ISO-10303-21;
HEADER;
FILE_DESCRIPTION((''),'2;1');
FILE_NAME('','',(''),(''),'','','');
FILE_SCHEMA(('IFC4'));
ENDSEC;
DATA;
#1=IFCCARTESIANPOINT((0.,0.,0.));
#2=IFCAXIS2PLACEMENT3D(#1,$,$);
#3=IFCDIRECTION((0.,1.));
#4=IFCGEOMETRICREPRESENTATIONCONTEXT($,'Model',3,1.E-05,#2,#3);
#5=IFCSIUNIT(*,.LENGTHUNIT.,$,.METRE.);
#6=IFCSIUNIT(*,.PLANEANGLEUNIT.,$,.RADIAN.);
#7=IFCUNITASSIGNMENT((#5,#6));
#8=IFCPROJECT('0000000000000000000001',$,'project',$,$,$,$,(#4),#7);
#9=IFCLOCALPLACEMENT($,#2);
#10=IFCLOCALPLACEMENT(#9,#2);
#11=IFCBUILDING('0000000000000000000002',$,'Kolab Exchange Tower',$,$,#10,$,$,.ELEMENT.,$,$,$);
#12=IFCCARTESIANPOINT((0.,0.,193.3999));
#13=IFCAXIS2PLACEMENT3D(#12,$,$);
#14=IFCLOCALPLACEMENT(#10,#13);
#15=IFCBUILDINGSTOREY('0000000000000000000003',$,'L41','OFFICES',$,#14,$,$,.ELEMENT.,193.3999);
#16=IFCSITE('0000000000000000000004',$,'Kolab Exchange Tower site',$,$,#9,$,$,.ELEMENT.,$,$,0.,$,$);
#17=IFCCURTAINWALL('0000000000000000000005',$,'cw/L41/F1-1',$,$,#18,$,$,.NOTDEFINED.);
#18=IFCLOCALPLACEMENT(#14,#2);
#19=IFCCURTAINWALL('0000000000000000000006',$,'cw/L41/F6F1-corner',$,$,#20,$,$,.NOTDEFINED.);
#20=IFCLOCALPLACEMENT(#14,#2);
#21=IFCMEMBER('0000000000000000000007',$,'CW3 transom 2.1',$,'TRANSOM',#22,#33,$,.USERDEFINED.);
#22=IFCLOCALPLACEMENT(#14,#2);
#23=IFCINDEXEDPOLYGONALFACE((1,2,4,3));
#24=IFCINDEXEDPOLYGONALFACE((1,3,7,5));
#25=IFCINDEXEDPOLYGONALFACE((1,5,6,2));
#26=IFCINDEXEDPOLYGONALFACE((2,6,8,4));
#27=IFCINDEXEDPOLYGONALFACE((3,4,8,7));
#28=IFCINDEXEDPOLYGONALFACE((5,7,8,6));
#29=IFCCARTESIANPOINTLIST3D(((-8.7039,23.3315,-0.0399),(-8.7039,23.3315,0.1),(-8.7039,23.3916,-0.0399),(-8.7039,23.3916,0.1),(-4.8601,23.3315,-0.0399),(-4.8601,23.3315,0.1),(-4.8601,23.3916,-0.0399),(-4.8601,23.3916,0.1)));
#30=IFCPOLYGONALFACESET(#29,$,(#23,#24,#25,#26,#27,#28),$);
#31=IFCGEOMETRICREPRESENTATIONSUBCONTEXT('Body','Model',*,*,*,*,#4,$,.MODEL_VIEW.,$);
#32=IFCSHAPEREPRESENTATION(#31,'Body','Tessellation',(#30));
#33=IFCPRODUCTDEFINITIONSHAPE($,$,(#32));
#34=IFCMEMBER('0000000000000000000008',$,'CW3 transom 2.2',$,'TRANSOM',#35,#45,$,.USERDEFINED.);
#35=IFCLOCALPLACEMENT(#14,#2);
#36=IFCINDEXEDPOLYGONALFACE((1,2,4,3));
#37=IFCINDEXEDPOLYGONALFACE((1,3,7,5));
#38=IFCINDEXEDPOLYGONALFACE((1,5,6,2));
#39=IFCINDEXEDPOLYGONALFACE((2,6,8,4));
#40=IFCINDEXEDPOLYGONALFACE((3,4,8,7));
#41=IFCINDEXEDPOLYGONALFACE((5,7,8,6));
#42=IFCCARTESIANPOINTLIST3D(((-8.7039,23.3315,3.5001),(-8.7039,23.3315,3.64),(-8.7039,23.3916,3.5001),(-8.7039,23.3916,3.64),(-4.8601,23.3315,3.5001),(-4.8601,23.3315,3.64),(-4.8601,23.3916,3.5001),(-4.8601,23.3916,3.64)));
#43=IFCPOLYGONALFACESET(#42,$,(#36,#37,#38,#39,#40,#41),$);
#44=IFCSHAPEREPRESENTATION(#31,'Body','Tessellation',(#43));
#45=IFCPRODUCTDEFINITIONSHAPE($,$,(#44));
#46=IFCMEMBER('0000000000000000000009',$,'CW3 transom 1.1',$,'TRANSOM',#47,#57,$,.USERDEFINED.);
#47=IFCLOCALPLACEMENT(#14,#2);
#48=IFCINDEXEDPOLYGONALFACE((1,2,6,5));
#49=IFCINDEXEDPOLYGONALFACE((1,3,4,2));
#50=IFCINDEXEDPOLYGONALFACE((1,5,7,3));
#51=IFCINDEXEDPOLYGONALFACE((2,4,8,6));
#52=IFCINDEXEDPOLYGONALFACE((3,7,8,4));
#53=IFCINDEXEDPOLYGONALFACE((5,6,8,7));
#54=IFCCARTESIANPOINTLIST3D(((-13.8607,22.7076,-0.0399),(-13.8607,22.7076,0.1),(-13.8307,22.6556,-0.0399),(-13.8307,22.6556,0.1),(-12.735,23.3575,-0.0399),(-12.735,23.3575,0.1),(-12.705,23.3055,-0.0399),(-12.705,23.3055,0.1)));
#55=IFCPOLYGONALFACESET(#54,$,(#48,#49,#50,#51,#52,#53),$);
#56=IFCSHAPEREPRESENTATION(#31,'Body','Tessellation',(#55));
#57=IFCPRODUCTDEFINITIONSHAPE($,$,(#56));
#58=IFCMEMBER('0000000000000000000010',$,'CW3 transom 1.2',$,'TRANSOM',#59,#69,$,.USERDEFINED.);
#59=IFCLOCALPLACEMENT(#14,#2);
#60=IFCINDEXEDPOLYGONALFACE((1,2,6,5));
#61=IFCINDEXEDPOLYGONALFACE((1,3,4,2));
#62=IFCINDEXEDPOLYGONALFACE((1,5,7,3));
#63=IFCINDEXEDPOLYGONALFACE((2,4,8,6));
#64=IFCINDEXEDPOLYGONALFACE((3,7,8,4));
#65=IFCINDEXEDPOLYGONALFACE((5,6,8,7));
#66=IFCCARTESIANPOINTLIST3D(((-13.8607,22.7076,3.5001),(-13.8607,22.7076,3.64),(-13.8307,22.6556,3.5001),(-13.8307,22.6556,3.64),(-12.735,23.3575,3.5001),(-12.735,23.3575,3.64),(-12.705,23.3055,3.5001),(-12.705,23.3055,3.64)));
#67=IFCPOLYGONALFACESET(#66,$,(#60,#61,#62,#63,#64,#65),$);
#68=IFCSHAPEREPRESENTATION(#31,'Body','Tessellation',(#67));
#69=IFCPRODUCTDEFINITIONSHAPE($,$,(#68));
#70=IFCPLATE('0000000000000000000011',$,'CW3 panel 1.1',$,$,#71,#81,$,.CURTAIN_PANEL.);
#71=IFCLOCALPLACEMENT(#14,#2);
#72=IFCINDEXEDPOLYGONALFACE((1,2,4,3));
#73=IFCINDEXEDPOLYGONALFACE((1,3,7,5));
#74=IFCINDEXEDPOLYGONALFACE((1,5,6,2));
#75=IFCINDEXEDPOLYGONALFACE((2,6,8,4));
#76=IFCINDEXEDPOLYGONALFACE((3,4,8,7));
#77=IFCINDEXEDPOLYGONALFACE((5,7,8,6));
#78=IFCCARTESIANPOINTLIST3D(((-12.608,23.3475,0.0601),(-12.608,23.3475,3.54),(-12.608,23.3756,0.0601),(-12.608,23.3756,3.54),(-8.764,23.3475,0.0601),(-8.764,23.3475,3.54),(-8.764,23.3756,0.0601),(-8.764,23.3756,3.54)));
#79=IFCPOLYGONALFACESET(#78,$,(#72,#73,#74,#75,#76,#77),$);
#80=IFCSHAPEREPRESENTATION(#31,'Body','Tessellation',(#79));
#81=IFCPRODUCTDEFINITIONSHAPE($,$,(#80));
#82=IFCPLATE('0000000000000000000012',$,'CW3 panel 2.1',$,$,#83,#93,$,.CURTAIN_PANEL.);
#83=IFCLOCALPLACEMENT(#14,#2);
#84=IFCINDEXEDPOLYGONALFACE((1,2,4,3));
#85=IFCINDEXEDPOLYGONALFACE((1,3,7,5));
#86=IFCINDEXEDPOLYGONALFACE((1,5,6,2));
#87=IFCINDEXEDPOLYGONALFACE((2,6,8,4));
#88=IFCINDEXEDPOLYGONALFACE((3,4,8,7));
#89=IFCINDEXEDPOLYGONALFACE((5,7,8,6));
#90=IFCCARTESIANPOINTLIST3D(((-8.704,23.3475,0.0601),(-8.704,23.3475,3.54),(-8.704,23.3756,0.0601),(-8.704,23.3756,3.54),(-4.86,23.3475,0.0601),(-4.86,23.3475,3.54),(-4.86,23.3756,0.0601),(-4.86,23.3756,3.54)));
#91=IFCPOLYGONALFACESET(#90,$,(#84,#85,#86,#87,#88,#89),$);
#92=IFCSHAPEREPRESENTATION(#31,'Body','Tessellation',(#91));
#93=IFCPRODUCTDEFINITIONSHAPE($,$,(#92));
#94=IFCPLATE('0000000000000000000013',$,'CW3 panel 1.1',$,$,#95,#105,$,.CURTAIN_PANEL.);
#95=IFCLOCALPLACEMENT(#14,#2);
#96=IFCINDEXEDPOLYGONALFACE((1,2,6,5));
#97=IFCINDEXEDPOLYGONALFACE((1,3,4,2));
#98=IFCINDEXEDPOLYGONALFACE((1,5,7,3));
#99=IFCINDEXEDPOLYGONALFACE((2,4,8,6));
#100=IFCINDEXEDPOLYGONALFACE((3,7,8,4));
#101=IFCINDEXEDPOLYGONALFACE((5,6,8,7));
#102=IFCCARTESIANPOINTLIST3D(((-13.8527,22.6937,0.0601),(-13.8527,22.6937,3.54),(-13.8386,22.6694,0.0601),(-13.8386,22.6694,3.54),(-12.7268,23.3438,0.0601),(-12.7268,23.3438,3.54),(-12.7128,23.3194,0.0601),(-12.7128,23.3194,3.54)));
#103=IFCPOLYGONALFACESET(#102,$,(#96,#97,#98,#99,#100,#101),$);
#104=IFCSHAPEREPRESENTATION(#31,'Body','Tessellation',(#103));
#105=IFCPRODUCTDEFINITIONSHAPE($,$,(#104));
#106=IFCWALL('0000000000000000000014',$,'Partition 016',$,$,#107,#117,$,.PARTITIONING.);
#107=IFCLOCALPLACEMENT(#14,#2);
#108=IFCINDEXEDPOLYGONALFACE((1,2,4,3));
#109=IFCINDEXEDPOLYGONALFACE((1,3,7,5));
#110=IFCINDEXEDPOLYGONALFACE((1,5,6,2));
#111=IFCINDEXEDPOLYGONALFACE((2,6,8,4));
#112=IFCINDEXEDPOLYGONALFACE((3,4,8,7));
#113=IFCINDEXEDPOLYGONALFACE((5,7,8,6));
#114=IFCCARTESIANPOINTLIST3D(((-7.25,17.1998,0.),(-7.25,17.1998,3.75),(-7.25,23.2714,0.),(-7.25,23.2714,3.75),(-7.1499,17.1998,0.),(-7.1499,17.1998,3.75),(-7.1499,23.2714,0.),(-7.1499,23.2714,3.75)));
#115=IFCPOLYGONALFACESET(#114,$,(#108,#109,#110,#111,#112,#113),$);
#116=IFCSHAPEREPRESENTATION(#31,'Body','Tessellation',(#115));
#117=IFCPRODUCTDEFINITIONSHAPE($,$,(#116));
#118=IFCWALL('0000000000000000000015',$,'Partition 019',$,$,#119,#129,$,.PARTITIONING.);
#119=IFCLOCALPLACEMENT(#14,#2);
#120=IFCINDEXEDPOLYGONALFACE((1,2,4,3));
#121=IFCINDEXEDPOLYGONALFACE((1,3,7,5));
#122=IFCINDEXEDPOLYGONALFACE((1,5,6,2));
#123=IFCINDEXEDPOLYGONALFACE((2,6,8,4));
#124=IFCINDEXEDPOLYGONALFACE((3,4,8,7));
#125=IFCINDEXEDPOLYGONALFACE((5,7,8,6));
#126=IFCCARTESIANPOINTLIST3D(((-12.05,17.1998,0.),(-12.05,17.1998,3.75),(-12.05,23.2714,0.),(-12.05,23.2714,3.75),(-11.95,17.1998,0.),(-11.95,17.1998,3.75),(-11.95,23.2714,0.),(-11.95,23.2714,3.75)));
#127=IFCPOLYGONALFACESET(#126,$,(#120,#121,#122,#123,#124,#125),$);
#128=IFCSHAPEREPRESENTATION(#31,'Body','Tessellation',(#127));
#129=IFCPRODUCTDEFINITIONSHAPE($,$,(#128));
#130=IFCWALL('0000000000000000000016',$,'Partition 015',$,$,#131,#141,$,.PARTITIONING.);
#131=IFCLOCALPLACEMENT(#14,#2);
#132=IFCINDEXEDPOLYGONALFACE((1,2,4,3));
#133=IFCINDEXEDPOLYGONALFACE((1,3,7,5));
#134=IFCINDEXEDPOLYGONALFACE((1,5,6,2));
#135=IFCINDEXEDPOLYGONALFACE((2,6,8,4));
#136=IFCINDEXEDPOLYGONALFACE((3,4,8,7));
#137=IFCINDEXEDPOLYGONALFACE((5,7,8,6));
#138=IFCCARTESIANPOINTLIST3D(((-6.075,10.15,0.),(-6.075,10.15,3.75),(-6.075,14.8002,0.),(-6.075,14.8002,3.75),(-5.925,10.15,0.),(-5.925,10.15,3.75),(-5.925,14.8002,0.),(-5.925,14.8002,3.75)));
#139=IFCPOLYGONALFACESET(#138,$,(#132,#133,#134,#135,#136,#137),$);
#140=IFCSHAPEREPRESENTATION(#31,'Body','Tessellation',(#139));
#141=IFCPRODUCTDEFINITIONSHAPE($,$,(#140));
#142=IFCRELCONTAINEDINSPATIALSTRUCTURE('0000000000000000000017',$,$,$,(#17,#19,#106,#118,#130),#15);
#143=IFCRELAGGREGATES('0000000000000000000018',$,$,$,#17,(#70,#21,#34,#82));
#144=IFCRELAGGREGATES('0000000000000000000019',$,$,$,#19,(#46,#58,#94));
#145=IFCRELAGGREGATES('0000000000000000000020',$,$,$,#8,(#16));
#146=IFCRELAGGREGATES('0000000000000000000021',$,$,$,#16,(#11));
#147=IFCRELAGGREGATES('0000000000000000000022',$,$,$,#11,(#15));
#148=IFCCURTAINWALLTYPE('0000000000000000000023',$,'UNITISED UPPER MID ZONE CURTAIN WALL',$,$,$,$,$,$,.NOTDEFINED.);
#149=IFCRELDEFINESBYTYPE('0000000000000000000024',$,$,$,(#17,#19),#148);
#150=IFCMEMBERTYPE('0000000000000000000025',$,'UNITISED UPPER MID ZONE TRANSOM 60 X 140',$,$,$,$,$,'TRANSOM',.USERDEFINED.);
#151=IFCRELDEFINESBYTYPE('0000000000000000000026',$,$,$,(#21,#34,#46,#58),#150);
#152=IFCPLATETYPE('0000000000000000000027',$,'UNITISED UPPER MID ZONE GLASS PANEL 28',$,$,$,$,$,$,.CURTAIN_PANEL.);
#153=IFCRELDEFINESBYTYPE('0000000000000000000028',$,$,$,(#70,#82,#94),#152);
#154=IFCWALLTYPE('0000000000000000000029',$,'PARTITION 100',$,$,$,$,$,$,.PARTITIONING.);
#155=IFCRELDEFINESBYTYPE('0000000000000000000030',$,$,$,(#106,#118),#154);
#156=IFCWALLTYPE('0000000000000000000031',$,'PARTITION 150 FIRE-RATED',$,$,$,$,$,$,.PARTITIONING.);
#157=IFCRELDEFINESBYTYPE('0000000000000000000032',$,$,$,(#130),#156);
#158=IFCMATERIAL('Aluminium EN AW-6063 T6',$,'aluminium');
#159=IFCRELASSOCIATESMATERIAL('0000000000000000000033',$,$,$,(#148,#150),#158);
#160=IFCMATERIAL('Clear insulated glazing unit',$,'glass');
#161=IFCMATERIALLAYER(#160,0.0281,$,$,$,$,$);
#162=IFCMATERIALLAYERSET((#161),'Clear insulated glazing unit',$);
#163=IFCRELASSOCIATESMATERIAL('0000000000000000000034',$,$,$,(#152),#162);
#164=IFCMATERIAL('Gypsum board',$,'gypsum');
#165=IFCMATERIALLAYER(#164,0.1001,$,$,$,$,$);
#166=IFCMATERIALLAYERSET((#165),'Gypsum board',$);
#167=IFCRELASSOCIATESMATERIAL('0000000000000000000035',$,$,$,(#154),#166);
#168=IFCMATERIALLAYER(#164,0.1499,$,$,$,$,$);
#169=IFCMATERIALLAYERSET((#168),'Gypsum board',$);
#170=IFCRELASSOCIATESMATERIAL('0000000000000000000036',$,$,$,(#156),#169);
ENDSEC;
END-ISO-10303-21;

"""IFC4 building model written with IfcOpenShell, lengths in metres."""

from ifc_helpers import new_model, si_unit, direction, frame, frame_2d, origin, origin_2d, place, context, subcontext, project, spatial, rectangle, extrude, material, layer, layer_set, material_profile, profile_set, type_object, element, aggregate, save


model = new_model("IFC4")

# Units and contexts
model_context = context("Model", 3, precision=1e-05, world=origin(), true_north=direction((0.0, 1.0)))
body_context = subcontext(model_context, "Body", "Model", "MODEL_VIEW")
ifc_project = project(units=[si_unit("LENGTHUNIT", "METRE"), si_unit("PLANEANGLEUNIT", "RADIAN")], contexts=[model_context])

# Site, building, storey
site_placement = place(None, origin())
site = spatial("IfcSite", under=ifc_project, at=site_placement, Name="Kolab Exchange Tower site", CompositionType="ELEMENT", RefElevation=0.0)
building_placement = place(site_placement, origin())
building = spatial("IfcBuilding", under=site, at=building_placement, Name="Kolab Exchange Tower", CompositionType="ELEMENT")
storey_placement = place(building_placement, frame((0.0, 0.0, 193.3999)))
storey = spatial("IfcBuildingStorey", under=building, at=storey_placement, Name="L41", Description="OFFICES", CompositionType="ELEMENT", Elevation=193.3999)

# Curtain walls
ifc_material_1 = material(Name="Aluminium EN AW-6063 T6", Category="aluminium")
curtain_wall_type = type_object("IfcCurtainWallType", Name="UNITISED UPPER MID ZONE CURTAIN WALL", PredefinedType="NOTDEFINED", material=ifc_material_1)
curtain_wall_1_placement = place(storey_placement, origin())
curtain_wall_1 = element("IfcCurtainWall", 1, at=curtain_wall_1_placement, inside=storey, type_object=curtain_wall_type, Name="cw/L41/F1-1", PredefinedType="NOTDEFINED")
curtain_wall_2_placement = place(storey_placement, origin())
curtain_wall_2 = element("IfcCurtainWall", 2, at=curtain_wall_2_placement, inside=storey, type_object=curtain_wall_type, Name="cw/L41/F6F1-corner", PredefinedType="NOTDEFINED")

# Members
ifc_material_profile_1 = material_profile(ifc_material_1, rectangle(XDim=0.0601, YDim=0.1399, at=origin_2d()), Name="RECT 60X140")
ifc_profile_set_1 = profile_set([ifc_material_profile_1], Name="Aluminium EN AW-6063 T6")
member_type_1 = type_object("IfcMemberType", Name="UNITISED UPPER MID ZONE TRANSOM 60 X 140", ElementType="TRANSOM", PredefinedType="USERDEFINED", material=ifc_profile_set_1)
member_1_placement = place(storey_placement, frame((-8.7039, 23.3616, 0.03), z_axis=(1.0, 0.0, 0.0), x_axis=(0.0, 1.0, 0.0)))
member_1 = element("IfcMember", 3, at=member_1_placement, type_object=member_type_1, Name="CW3 transom 2.1", ObjectType="TRANSOM", PredefinedType="USERDEFINED", context=body_context, shape_type="SweptSolid", body=[
    extrude(rectangle(XDim=0.0601, YDim=0.1399, at=origin_2d()), origin(), (0.0, 0.0, 1.0), 3.8438),
])
member_2_placement = place(storey_placement, frame((-8.7039, 23.3616, 3.5701), z_axis=(1.0, 0.0, 0.0), x_axis=(0.0, 1.0, 0.0)))
member_2 = element("IfcMember", 4, at=member_2_placement, type_object=member_type_1, Name="CW3 transom 2.2", ObjectType="TRANSOM", PredefinedType="USERDEFINED", context=body_context, shape_type="SweptSolid", body=[
    extrude(rectangle(XDim=0.0601, YDim=0.1399, at=origin_2d()), origin(), (0.0, 0.0, 1.0), 3.8438),
])
member_3_placement = place(storey_placement, frame((-13.8457, 22.6816, 0.03), z_axis=(0.866039, 0.499977, 0.0), x_axis=(-0.499977, 0.866039, 0.0)))
member_3 = element("IfcMember", 5, at=member_3_placement, type_object=member_type_1, Name="CW3 transom 1.1", ObjectType="TRANSOM", PredefinedType="USERDEFINED", context=body_context, shape_type="SweptSolid", body=[
    extrude(rectangle(XDim=0.0601, YDim=0.1399, at=origin_2d()), origin(), (0.0, 0.0, 1.0), 1.2998),
])
member_4_placement = place(storey_placement, frame((-13.8457, 22.6816, 3.5701), z_axis=(0.866039, 0.499977, 0.0), x_axis=(-0.499977, 0.866039, 0.0)))
member_4 = element("IfcMember", 6, at=member_4_placement, type_object=member_type_1, Name="CW3 transom 1.2", ObjectType="TRANSOM", PredefinedType="USERDEFINED", context=body_context, shape_type="SweptSolid", body=[
    extrude(rectangle(XDim=0.0601, YDim=0.1399, at=origin_2d()), origin(), (0.0, 0.0, 1.0), 1.2998),
])

# Plates
ifc_material_2 = material(Name="Clear insulated glazing unit", Category="glass")
ifc_layer_1 = layer(ifc_material_2, 0.0281)
ifc_layer_set_1 = layer_set([ifc_layer_1], Name="Clear insulated glazing unit")
plate_type = type_object("IfcPlateType", Name="UNITISED UPPER MID ZONE GLASS PANEL 28", PredefinedType="CURTAIN_PANEL", material=ifc_layer_set_1)
plate_1_placement = place(storey_placement, frame((-10.686, 23.3616, 0.0601), z_axis=(0.0, 0.0, 1.0), x_axis=(1.0, 0.0, 0.0)))
plate_1 = element("IfcPlate", 7, at=plate_1_placement, type_object=plate_type, Name="CW3 panel 1.1", PredefinedType="CURTAIN_PANEL", context=body_context, shape_type="SweptSolid", body=[
    extrude(rectangle(XDim=3.844, YDim=0.0281, at=origin_2d()), origin(), (0.0, 0.0, 1.0), 3.48),
])
plate_2_placement = place(storey_placement, frame((-6.782, 23.3616, 0.0601), z_axis=(0.0, 0.0, 1.0), x_axis=(1.0, 0.0, 0.0)))
plate_2 = element("IfcPlate", 8, at=plate_2_placement, type_object=plate_type, Name="CW3 panel 2.1", PredefinedType="CURTAIN_PANEL", context=body_context, shape_type="SweptSolid", body=[
    extrude(rectangle(XDim=3.844, YDim=0.0281, at=origin_2d()), origin(), (0.0, 0.0, 1.0), 3.48),
])
aggregate(curtain_wall_1, [plate_1, member_1, member_2, plate_2])
plate_3_placement = place(storey_placement, frame((-13.2827, 23.0066, 0.0601), z_axis=(0.0, 0.0, 1.0), x_axis=(0.866025, 0.5, 0.0)))
plate_3 = element("IfcPlate", 9, at=plate_3_placement, type_object=plate_type, Name="CW3 panel 1.1", PredefinedType="CURTAIN_PANEL", context=body_context, shape_type="SweptSolid", body=[
    extrude(rectangle(XDim=1.3, YDim=0.0281, at=origin_2d()), origin(), (0.0, 0.0, 1.0), 3.48),
])
aggregate(curtain_wall_2, [member_3, member_4, plate_3])

# Walls
ifc_material_3 = material(Name="Gypsum board", Category="gypsum")
ifc_layer_2 = layer(ifc_material_3, 0.1001)
ifc_layer_set_2 = layer_set([ifc_layer_2], Name="Gypsum board")
wall_type_1 = type_object("IfcWallType", Name="PARTITION 100", PredefinedType="PARTITIONING", material=ifc_layer_set_2)
for number, where, z_axis, x_axis, name in (
    (10, (-7.2, 17.2, 0.0), (0.0, 0.0, 1.0), (0.0, 1.0, 0.0), "Partition 016"),
    (11, (-12.0, 17.2, 0.0), (0.0, 0.0, 1.0), (0.0, 1.0, 0.0), "Partition 019"),
):
    element("IfcWall", number, at=place(storey_placement, frame(where, z_axis=z_axis, x_axis=x_axis)), inside=storey, type_object=wall_type_1, Name=name, PredefinedType="PARTITIONING", context=body_context, shape_type="SweptSolid", body=[
        extrude(rectangle(XDim=6.0715, YDim=0.1001, at=frame_2d((3.0356, 0.0))), origin(), (0.0, 0.0, 1.0), 3.75),
    ])
ifc_layer_3 = layer(ifc_material_3, 0.1499)
ifc_layer_set_3 = layer_set([ifc_layer_3], Name="Gypsum board")
wall_type_2 = type_object("IfcWallType", Name="PARTITION 150 FIRE-RATED", PredefinedType="PARTITIONING", material=ifc_layer_set_3)
wall_1_placement = place(storey_placement, frame((-6.0, 10.1499, 0.0), z_axis=(0.0, 0.0, 1.0), x_axis=(0.0, 1.0, 0.0)))
element("IfcWall", 12, at=wall_1_placement, inside=storey, type_object=wall_type_2, Name="Partition 015", PredefinedType="PARTITIONING", context=body_context, shape_type="SweptSolid", body=[
    extrude(rectangle(XDim=4.6501, YDim=0.1499, at=frame_2d((2.3252, 0.0))), origin(), (0.0, 0.0, 1.0), 3.75),
])

save(model, "model.ifc")
